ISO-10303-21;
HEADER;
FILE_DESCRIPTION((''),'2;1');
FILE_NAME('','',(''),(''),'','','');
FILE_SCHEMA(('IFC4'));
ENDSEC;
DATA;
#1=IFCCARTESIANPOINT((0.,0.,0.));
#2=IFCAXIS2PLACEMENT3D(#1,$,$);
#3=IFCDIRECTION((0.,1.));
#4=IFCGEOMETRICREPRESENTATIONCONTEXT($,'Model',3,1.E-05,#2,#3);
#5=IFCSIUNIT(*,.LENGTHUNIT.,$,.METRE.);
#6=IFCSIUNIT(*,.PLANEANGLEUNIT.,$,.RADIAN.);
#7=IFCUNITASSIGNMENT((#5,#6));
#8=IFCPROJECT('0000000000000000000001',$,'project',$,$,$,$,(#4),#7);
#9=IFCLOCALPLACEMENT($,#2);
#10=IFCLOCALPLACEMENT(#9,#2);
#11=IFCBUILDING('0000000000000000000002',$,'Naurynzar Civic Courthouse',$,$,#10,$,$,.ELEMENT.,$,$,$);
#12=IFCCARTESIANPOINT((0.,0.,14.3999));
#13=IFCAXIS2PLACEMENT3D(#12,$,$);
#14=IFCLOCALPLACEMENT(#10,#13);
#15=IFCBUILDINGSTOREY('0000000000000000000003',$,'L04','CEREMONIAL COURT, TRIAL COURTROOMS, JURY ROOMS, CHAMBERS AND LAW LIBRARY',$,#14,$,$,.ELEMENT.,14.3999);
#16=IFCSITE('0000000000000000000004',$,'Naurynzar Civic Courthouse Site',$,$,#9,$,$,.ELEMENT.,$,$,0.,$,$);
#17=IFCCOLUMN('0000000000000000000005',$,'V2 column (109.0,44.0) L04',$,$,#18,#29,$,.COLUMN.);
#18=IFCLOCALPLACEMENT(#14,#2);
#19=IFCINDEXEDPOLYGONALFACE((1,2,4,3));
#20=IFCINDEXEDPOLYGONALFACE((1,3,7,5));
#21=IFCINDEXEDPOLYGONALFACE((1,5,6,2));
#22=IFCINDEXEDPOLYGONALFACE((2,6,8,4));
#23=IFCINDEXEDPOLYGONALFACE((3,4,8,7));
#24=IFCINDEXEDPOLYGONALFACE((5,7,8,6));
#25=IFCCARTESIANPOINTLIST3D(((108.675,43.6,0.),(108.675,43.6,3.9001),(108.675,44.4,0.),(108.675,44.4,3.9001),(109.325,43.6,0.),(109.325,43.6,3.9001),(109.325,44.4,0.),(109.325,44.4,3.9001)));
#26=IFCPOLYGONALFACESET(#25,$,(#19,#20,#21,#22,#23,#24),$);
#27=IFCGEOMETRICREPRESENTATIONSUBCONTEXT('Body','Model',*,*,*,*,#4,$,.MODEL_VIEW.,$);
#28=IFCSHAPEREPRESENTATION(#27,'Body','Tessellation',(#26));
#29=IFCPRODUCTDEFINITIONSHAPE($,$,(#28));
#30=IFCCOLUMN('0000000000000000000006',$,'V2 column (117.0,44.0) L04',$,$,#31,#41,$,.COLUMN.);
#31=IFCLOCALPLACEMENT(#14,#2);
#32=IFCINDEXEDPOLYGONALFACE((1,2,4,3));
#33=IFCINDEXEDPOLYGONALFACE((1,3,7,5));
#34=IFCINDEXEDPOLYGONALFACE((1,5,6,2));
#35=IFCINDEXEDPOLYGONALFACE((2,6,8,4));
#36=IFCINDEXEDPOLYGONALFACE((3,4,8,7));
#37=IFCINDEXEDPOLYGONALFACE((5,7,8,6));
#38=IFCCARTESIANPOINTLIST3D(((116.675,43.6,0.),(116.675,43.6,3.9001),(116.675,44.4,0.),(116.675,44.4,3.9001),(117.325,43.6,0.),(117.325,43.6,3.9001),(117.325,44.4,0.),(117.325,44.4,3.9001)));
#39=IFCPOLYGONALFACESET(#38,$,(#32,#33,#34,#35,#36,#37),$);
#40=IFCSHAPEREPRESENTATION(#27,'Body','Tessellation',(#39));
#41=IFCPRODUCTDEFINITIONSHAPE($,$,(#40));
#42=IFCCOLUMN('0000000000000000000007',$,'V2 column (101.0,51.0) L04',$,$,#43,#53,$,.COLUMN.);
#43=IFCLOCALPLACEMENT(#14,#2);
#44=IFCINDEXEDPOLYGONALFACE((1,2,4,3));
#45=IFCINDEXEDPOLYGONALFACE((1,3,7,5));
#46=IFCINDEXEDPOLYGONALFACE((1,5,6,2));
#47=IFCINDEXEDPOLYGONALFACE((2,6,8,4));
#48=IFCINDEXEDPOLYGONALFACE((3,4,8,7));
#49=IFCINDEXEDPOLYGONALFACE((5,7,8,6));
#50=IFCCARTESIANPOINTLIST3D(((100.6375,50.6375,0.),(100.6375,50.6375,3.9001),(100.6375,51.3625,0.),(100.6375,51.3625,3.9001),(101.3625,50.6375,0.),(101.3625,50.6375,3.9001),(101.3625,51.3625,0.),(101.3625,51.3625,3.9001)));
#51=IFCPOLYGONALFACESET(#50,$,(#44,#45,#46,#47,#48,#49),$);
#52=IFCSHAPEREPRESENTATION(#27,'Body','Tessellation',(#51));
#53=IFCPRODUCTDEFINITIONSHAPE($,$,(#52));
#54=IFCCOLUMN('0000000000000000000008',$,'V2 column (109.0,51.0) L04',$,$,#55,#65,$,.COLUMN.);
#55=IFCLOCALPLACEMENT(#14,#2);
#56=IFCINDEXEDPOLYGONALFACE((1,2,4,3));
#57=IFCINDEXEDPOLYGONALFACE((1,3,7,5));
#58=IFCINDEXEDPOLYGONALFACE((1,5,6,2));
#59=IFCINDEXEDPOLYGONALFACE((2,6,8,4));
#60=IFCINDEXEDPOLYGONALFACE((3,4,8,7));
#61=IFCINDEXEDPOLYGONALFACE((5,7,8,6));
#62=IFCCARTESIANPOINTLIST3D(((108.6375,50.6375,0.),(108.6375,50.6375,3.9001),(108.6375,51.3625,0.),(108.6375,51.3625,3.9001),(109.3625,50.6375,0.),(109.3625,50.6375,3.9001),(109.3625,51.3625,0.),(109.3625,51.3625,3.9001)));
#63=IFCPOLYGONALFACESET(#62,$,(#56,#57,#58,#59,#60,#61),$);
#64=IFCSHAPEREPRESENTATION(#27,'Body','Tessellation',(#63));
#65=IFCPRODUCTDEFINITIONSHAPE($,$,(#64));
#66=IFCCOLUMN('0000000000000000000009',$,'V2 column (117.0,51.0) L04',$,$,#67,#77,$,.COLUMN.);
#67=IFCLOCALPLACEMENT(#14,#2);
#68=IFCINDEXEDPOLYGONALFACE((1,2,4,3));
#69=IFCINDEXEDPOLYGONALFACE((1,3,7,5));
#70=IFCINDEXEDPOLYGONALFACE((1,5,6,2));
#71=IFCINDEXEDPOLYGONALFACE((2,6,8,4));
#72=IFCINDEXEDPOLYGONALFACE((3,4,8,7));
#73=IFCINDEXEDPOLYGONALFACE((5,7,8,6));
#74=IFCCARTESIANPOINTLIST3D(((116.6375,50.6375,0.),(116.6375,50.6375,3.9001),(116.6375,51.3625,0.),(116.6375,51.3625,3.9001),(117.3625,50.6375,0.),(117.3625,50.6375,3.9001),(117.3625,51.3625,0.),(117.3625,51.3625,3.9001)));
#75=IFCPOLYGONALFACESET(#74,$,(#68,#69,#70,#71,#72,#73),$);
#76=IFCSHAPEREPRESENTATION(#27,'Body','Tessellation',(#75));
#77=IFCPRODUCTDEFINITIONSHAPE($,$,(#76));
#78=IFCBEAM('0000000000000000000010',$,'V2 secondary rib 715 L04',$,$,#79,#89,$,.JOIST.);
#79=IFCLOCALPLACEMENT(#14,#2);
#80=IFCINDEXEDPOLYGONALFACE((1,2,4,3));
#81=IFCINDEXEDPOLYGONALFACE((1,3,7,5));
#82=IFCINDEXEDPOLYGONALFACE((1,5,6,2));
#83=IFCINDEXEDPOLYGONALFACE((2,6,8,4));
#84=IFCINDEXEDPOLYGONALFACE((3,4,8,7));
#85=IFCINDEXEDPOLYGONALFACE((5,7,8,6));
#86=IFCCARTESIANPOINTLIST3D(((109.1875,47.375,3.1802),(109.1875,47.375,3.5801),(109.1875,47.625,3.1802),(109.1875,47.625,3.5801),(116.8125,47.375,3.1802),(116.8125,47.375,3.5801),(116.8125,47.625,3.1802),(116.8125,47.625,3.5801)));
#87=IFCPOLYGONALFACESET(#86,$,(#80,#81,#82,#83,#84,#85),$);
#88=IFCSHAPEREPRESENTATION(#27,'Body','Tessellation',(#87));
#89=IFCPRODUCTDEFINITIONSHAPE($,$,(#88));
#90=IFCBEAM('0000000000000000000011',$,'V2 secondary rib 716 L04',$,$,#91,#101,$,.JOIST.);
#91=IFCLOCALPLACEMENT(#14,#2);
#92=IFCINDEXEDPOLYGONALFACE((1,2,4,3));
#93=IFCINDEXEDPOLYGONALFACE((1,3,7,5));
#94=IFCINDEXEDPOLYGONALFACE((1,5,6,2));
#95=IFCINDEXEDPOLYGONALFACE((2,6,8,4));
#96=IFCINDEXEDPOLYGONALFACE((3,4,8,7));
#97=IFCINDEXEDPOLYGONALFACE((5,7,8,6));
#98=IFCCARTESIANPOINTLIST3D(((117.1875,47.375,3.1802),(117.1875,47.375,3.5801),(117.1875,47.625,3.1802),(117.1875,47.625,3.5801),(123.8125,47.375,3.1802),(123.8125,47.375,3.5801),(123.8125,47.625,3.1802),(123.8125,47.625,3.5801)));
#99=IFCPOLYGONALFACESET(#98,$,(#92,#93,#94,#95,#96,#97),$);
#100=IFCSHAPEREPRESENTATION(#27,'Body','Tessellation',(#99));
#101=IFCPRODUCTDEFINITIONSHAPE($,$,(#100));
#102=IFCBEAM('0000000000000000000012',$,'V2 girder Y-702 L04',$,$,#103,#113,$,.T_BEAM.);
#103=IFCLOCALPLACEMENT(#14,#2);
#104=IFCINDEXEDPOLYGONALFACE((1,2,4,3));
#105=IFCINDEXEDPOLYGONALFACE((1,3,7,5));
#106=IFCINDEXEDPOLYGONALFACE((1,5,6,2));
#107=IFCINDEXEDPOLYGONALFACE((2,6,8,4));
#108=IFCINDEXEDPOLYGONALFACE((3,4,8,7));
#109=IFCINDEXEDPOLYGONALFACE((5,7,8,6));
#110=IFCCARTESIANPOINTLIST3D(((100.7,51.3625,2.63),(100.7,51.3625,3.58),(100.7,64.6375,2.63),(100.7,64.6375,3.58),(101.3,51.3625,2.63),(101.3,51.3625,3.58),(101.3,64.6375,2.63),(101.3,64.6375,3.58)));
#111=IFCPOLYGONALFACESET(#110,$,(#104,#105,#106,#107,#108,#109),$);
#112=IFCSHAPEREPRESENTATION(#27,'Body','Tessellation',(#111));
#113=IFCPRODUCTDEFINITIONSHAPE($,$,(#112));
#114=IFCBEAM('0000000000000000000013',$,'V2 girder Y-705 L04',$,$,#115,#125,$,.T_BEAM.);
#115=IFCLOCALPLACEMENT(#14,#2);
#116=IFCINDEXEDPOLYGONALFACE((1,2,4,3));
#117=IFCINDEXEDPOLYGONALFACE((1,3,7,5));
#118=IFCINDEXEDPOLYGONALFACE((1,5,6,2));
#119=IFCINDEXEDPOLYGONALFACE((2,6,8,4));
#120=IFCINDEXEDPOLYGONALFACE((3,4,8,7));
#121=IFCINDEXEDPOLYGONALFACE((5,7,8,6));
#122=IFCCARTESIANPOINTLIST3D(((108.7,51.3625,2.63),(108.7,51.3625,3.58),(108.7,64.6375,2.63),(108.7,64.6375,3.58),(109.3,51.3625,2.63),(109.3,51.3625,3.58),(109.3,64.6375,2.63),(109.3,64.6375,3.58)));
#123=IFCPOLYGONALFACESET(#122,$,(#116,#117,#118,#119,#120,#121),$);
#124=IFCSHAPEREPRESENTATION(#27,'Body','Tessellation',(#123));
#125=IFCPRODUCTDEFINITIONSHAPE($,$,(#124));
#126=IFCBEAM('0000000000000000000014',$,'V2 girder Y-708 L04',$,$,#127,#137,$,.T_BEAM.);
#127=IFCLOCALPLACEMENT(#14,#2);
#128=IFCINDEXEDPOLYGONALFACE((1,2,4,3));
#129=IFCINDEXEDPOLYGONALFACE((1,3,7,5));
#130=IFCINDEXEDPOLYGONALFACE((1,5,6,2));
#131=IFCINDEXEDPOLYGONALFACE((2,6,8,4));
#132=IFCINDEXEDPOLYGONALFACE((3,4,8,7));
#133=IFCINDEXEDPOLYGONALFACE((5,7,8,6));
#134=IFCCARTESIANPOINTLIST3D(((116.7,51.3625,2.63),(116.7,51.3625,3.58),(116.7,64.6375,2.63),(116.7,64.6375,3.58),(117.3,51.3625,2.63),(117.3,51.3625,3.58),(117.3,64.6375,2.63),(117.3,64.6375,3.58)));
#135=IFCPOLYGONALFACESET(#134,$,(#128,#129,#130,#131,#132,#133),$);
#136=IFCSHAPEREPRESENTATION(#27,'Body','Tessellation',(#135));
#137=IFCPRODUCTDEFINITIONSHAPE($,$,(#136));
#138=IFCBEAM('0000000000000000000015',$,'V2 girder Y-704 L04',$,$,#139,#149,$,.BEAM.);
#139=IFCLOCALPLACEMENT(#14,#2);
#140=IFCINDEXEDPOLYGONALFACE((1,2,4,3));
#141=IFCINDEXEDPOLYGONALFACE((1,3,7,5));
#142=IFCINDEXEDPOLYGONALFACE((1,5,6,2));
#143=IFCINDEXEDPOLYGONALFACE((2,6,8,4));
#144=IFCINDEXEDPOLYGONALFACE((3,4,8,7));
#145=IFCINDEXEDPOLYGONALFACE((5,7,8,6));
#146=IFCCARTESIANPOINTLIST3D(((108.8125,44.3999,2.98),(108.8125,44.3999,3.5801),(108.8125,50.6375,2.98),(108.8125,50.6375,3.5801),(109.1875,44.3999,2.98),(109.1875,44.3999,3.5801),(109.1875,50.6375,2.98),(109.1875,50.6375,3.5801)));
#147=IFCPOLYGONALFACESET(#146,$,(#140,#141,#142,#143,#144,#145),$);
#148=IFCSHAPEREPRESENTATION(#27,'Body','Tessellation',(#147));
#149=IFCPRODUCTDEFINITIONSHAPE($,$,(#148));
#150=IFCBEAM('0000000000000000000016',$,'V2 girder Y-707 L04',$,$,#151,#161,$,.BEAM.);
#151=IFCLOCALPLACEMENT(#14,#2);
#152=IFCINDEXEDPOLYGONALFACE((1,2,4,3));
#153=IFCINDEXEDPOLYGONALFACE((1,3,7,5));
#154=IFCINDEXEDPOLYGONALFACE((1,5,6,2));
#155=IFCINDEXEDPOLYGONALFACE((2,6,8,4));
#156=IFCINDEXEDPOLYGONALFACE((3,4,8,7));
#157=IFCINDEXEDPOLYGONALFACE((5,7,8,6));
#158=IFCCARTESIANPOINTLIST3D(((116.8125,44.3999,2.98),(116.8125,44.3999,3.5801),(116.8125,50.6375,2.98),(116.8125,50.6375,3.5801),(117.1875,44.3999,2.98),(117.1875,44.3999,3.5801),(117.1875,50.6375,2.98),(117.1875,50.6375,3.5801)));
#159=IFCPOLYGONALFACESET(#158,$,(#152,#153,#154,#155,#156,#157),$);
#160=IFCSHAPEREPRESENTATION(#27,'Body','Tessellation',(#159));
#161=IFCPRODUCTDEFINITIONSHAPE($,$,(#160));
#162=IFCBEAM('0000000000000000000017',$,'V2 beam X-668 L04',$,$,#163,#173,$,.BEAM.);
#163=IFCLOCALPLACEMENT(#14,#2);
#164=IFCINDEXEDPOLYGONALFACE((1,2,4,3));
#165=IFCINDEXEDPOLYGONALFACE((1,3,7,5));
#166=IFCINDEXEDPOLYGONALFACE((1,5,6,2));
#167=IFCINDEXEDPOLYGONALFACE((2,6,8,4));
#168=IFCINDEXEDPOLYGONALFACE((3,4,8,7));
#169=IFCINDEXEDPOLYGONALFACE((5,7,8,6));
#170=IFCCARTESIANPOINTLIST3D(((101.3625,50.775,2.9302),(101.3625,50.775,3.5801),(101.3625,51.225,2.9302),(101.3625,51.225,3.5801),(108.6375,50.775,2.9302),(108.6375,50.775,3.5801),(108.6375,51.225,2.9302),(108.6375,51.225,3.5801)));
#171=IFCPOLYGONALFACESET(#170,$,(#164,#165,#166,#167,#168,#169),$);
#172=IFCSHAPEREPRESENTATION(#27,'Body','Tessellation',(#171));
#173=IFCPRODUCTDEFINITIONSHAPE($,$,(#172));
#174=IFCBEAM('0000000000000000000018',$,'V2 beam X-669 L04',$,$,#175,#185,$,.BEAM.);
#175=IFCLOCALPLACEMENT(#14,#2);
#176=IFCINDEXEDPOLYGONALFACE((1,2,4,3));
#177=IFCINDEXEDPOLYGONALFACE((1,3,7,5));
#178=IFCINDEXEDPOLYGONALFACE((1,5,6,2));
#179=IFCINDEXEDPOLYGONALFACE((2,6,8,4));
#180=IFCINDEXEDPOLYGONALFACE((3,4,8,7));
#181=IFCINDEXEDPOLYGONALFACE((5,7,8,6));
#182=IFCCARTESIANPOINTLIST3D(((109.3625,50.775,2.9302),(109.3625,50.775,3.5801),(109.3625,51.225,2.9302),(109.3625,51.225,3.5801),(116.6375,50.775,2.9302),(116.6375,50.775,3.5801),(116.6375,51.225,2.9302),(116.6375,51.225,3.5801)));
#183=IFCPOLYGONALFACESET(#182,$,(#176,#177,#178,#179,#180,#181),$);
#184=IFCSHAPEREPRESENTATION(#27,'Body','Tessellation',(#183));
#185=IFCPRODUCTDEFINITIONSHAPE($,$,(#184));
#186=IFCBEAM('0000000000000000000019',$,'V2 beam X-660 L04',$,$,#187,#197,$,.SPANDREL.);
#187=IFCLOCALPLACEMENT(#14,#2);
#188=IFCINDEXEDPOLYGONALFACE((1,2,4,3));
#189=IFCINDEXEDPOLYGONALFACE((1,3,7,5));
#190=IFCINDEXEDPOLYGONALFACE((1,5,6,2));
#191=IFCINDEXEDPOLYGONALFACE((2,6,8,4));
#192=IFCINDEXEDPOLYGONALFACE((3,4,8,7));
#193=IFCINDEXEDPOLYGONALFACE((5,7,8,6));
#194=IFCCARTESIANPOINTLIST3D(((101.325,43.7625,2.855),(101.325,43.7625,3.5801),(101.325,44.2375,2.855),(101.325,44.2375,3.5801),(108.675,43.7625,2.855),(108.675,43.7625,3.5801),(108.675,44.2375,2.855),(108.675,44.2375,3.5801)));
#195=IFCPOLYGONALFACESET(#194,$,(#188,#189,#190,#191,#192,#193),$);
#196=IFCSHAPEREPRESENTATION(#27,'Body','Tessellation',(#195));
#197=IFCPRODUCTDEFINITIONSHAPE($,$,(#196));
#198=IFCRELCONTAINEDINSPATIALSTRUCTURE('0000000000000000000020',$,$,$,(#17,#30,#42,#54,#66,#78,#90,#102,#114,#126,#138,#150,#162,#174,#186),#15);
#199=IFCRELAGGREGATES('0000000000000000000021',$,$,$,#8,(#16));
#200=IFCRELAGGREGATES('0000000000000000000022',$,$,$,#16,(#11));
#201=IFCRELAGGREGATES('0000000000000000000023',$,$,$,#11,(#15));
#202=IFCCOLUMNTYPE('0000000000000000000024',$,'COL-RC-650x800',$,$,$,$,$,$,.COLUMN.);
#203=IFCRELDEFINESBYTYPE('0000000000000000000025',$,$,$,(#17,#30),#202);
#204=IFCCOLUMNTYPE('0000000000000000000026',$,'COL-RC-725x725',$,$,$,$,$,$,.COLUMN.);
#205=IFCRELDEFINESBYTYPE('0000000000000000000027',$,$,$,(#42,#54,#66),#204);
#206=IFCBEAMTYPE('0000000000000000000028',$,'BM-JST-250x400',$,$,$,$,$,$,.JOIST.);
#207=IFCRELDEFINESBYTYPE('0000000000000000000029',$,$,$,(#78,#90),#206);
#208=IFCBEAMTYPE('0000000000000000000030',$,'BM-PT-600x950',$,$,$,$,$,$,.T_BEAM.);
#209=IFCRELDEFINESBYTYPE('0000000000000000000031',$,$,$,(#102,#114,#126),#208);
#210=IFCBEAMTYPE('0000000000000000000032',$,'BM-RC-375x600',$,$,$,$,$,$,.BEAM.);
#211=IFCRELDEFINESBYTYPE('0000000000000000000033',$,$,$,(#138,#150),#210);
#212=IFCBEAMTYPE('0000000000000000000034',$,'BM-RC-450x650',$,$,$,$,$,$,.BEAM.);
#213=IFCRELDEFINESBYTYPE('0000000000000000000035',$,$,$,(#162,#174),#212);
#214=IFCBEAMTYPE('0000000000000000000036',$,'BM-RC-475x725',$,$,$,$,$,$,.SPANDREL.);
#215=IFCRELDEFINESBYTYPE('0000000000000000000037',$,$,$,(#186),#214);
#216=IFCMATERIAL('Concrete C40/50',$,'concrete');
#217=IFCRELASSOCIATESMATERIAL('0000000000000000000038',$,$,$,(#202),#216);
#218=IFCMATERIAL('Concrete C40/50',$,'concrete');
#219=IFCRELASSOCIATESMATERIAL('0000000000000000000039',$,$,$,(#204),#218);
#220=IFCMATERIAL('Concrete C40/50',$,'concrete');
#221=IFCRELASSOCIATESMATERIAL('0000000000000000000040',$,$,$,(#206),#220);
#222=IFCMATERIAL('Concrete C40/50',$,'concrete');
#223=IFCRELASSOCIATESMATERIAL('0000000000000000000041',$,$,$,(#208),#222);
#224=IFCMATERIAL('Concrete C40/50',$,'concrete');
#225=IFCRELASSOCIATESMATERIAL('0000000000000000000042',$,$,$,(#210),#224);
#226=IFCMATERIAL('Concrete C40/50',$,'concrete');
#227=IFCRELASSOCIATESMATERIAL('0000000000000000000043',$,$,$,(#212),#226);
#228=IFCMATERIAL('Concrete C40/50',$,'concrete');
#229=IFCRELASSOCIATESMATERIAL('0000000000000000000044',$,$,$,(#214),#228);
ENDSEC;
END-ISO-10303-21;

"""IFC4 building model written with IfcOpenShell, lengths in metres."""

from ifc_helpers import new_model, si_unit, direction, frame, origin, origin_2d, place, context, subcontext, project, spatial, rectangle, extrude, material, material_profile, profile_set, type_object, element, save


model = new_model("IFC4")

# Units and contexts
model_context = context("Model", 3, precision=1e-05, world=origin(), true_north=direction((0.0, 1.0)))
body_context = subcontext(model_context, "Body", "Model", "MODEL_VIEW")
ifc_project = project(units=[si_unit("LENGTHUNIT", "METRE"), si_unit("PLANEANGLEUNIT", "RADIAN")], contexts=[model_context])

# Site, building, storey
site_placement = place(None, origin())
site = spatial("IfcSite", under=ifc_project, at=site_placement, Name="Naurynzar Civic Courthouse Site", CompositionType="ELEMENT", RefElevation=0.0)
building_placement = place(site_placement, origin())
building = spatial("IfcBuilding", under=site, at=building_placement, Name="Naurynzar Civic Courthouse", CompositionType="ELEMENT")
storey_placement = place(building_placement, frame((0.0, 0.0, 14.3999)))
storey = spatial("IfcBuildingStorey", under=building, at=storey_placement, Name="L04", Description="CEREMONIAL COURT, TRIAL COURTROOMS, JURY ROOMS, CHAMBERS AND LAW LIBRARY", CompositionType="ELEMENT", Elevation=14.3999)

# Columns
ifc_material_1 = material(Name="Concrete C40/50", Category="concrete")
ifc_material_profile_1 = material_profile(ifc_material_1, rectangle(XDim=0.6499, YDim=0.8, at=origin_2d()), Name="RC 650x800")
ifc_profile_set_1 = profile_set([ifc_material_profile_1], Name="Concrete C40/50")
column_type_1 = type_object("IfcColumnType", Name="COL-RC-650x800", PredefinedType="COLUMN", material=ifc_profile_set_1)
for number, where, z_axis, x_axis, name in (
    (1, (109.0, 44.0, 0.0), (0.0, 0.0, 1.0), (1.0, 0.0, 0.0), "V2 column (109.0,44.0) L04"),
    (2, (117.0, 44.0, 0.0), (0.0, 0.0, 1.0), (1.0, 0.0, 0.0), "V2 column (117.0,44.0) L04"),
):
    element("IfcColumn", number, at=place(storey_placement, frame(where, z_axis=z_axis, x_axis=x_axis)), inside=storey, type_object=column_type_1, Name=name, PredefinedType="COLUMN", context=body_context, shape_type="SweptSolid", body=[
        extrude(rectangle(XDim=0.6499, YDim=0.8, at=origin_2d()), origin(), (0.0, 0.0, 1.0), 3.9001),
    ])
ifc_material_2 = material(Name="Concrete C40/50", Category="concrete")
ifc_material_profile_2 = material_profile(ifc_material_2, rectangle(XDim=0.7251, YDim=0.7251, at=origin_2d()), Name="RC 725x725")
ifc_profile_set_2 = profile_set([ifc_material_profile_2], Name="Concrete C40/50")
column_type_2 = type_object("IfcColumnType", Name="COL-RC-725x725", PredefinedType="COLUMN", material=ifc_profile_set_2)
for number, where, z_axis, x_axis, name in (
    (3, (101.0, 51.0, 0.0), (0.0, 0.0, 1.0), (1.0, 0.0, 0.0), "V2 column (101.0,51.0) L04"),
    (4, (109.0, 51.0, 0.0), (0.0, 0.0, 1.0), (1.0, 0.0, 0.0), "V2 column (109.0,51.0) L04"),
    (5, (117.0, 51.0, 0.0), (0.0, 0.0, 1.0), (1.0, 0.0, 0.0), "V2 column (117.0,51.0) L04"),
):
    element("IfcColumn", number, at=place(storey_placement, frame(where, z_axis=z_axis, x_axis=x_axis)), inside=storey, type_object=column_type_2, Name=name, PredefinedType="COLUMN", context=body_context, shape_type="SweptSolid", body=[
        extrude(rectangle(XDim=0.7251, YDim=0.7251, at=origin_2d()), origin(), (0.0, 0.0, 1.0), 3.9001),
    ])

# Beams
ifc_material_3 = material(Name="Concrete C40/50", Category="concrete")
ifc_material_profile_3 = material_profile(ifc_material_3, rectangle(XDim=0.25, YDim=0.3999, at=origin_2d()), Name="RCB 250x400")
ifc_profile_set_3 = profile_set([ifc_material_profile_3], Name="Concrete C40/50")
beam_type_1 = type_object("IfcBeamType", Name="BM-JST-250x400", PredefinedType="JOIST", material=ifc_profile_set_3)
beam_1_placement = place(storey_placement, frame((109.1875, 47.5, 3.3801), z_axis=(1.0, 0.0, 0.0), x_axis=(0.0, 1.0, 0.0)))
element("IfcBeam", 6, at=beam_1_placement, inside=storey, type_object=beam_type_1, Name="V2 secondary rib 715 L04", PredefinedType="JOIST", context=body_context, shape_type="SweptSolid", body=[
    extrude(rectangle(XDim=0.25, YDim=0.3999, at=origin_2d()), origin(), (0.0, 0.0, 1.0), 7.625),
])
beam_2_placement = place(storey_placement, frame((117.1875, 47.5, 3.3801), z_axis=(1.0, 0.0, 0.0), x_axis=(0.0, 1.0, 0.0)))
element("IfcBeam", 7, at=beam_2_placement, inside=storey, type_object=beam_type_1, Name="V2 secondary rib 716 L04", PredefinedType="JOIST", context=body_context, shape_type="SweptSolid", body=[
    extrude(rectangle(XDim=0.25, YDim=0.3999, at=origin_2d()), origin(), (0.0, 0.0, 1.0), 6.625),
])
ifc_material_4 = material(Name="Concrete C40/50", Category="concrete")
ifc_material_profile_4 = material_profile(ifc_material_4, rectangle(XDim=0.6001, YDim=0.95, at=origin_2d()), Name="PTB 600x950")
ifc_profile_set_4 = profile_set([ifc_material_profile_4], Name="Concrete C40/50")
beam_type_2 = type_object("IfcBeamType", Name="BM-PT-600x950", PredefinedType="T_BEAM", material=ifc_profile_set_4)
for number, where, z_axis, x_axis, name in (
    (8, (101.0, 51.3625, 3.105), (0.0, 1.0, 0.0), (-1.0, 0.0, 0.0), "V2 girder Y-702 L04"),
    (9, (109.0, 51.3625, 3.105), (0.0, 1.0, 0.0), (-1.0, 0.0, 0.0), "V2 girder Y-705 L04"),
    (10, (117.0, 51.3625, 3.105), (0.0, 1.0, 0.0), (-1.0, 0.0, 0.0), "V2 girder Y-708 L04"),
):
    element("IfcBeam", number, at=place(storey_placement, frame(where, z_axis=z_axis, x_axis=x_axis)), inside=storey, type_object=beam_type_2, Name=name, PredefinedType="T_BEAM", context=body_context, shape_type="SweptSolid", body=[
        extrude(rectangle(XDim=0.6001, YDim=0.95, at=origin_2d()), origin(), (0.0, 0.0, 1.0), 13.2749),
    ])
ifc_material_5 = material(Name="Concrete C40/50", Category="concrete")
ifc_material_profile_5 = material_profile(ifc_material_5, rectangle(XDim=0.375, YDim=0.6001, at=origin_2d()), Name="RCB 375x600")
ifc_profile_set_5 = profile_set([ifc_material_profile_5], Name="Concrete C40/50")
beam_type_3 = type_object("IfcBeamType", Name="BM-RC-375x600", PredefinedType="BEAM", material=ifc_profile_set_5)
for number, where, z_axis, x_axis, name in (
    (11, (109.0, 44.3999, 3.28), (0.0, 1.0, 0.0), (-1.0, 0.0, 0.0), "V2 girder Y-704 L04"),
    (12, (117.0, 44.3999, 3.28), (0.0, 1.0, 0.0), (-1.0, 0.0, 0.0), "V2 girder Y-707 L04"),
):
    element("IfcBeam", number, at=place(storey_placement, frame(where, z_axis=z_axis, x_axis=x_axis)), inside=storey, type_object=beam_type_3, Name=name, PredefinedType="BEAM", context=body_context, shape_type="SweptSolid", body=[
        extrude(rectangle(XDim=0.375, YDim=0.6001, at=origin_2d()), origin(), (0.0, 0.0, 1.0), 6.2375),
    ])
ifc_material_6 = material(Name="Concrete C40/50", Category="concrete")
ifc_material_profile_6 = material_profile(ifc_material_6, rectangle(XDim=0.45, YDim=0.6499, at=origin_2d()), Name="RCB 450x650")
ifc_profile_set_6 = profile_set([ifc_material_profile_6], Name="Concrete C40/50")
beam_type_4 = type_object("IfcBeamType", Name="BM-RC-450x650", PredefinedType="BEAM", material=ifc_profile_set_6)
for number, where, z_axis, x_axis, name in (
    (13, (101.3625, 51.0, 3.2551), (1.0, 0.0, 0.0), (0.0, 1.0, 0.0), "V2 beam X-668 L04"),
    (14, (109.3625, 51.0, 3.2551), (1.0, 0.0, 0.0), (0.0, 1.0, 0.0), "V2 beam X-669 L04"),
):
    element("IfcBeam", number, at=place(storey_placement, frame(where, z_axis=z_axis, x_axis=x_axis)), inside=storey, type_object=beam_type_4, Name=name, PredefinedType="BEAM", context=body_context, shape_type="SweptSolid", body=[
        extrude(rectangle(XDim=0.45, YDim=0.6499, at=origin_2d()), origin(), (0.0, 0.0, 1.0), 7.2749),
    ])
ifc_material_7 = material(Name="Concrete C40/50", Category="concrete")
ifc_material_profile_7 = material_profile(ifc_material_7, rectangle(XDim=0.4751, YDim=0.7251, at=origin_2d()), Name="RCB 475x725")
ifc_profile_set_7 = profile_set([ifc_material_profile_7], Name="Concrete C40/50")
beam_type_5 = type_object("IfcBeamType", Name="BM-RC-475x725", PredefinedType="SPANDREL", material=ifc_profile_set_7)
for number, where, z_axis, x_axis, name in (
    (15, (101.325, 44.0, 3.2175), (1.0, 0.0, 0.0), (0.0, 1.0, 0.0), "V2 beam X-660 L04"),
):
    element("IfcBeam", number, at=place(storey_placement, frame(where, z_axis=z_axis, x_axis=x_axis)), inside=storey, type_object=beam_type_5, Name=name, PredefinedType="SPANDREL", context=body_context, shape_type="SweptSolid", body=[
        extrude(rectangle(XDim=0.4751, YDim=0.7251, at=origin_2d()), origin(), (0.0, 0.0, 1.0), 7.3501),
    ])

save(model, "model.ifc")
